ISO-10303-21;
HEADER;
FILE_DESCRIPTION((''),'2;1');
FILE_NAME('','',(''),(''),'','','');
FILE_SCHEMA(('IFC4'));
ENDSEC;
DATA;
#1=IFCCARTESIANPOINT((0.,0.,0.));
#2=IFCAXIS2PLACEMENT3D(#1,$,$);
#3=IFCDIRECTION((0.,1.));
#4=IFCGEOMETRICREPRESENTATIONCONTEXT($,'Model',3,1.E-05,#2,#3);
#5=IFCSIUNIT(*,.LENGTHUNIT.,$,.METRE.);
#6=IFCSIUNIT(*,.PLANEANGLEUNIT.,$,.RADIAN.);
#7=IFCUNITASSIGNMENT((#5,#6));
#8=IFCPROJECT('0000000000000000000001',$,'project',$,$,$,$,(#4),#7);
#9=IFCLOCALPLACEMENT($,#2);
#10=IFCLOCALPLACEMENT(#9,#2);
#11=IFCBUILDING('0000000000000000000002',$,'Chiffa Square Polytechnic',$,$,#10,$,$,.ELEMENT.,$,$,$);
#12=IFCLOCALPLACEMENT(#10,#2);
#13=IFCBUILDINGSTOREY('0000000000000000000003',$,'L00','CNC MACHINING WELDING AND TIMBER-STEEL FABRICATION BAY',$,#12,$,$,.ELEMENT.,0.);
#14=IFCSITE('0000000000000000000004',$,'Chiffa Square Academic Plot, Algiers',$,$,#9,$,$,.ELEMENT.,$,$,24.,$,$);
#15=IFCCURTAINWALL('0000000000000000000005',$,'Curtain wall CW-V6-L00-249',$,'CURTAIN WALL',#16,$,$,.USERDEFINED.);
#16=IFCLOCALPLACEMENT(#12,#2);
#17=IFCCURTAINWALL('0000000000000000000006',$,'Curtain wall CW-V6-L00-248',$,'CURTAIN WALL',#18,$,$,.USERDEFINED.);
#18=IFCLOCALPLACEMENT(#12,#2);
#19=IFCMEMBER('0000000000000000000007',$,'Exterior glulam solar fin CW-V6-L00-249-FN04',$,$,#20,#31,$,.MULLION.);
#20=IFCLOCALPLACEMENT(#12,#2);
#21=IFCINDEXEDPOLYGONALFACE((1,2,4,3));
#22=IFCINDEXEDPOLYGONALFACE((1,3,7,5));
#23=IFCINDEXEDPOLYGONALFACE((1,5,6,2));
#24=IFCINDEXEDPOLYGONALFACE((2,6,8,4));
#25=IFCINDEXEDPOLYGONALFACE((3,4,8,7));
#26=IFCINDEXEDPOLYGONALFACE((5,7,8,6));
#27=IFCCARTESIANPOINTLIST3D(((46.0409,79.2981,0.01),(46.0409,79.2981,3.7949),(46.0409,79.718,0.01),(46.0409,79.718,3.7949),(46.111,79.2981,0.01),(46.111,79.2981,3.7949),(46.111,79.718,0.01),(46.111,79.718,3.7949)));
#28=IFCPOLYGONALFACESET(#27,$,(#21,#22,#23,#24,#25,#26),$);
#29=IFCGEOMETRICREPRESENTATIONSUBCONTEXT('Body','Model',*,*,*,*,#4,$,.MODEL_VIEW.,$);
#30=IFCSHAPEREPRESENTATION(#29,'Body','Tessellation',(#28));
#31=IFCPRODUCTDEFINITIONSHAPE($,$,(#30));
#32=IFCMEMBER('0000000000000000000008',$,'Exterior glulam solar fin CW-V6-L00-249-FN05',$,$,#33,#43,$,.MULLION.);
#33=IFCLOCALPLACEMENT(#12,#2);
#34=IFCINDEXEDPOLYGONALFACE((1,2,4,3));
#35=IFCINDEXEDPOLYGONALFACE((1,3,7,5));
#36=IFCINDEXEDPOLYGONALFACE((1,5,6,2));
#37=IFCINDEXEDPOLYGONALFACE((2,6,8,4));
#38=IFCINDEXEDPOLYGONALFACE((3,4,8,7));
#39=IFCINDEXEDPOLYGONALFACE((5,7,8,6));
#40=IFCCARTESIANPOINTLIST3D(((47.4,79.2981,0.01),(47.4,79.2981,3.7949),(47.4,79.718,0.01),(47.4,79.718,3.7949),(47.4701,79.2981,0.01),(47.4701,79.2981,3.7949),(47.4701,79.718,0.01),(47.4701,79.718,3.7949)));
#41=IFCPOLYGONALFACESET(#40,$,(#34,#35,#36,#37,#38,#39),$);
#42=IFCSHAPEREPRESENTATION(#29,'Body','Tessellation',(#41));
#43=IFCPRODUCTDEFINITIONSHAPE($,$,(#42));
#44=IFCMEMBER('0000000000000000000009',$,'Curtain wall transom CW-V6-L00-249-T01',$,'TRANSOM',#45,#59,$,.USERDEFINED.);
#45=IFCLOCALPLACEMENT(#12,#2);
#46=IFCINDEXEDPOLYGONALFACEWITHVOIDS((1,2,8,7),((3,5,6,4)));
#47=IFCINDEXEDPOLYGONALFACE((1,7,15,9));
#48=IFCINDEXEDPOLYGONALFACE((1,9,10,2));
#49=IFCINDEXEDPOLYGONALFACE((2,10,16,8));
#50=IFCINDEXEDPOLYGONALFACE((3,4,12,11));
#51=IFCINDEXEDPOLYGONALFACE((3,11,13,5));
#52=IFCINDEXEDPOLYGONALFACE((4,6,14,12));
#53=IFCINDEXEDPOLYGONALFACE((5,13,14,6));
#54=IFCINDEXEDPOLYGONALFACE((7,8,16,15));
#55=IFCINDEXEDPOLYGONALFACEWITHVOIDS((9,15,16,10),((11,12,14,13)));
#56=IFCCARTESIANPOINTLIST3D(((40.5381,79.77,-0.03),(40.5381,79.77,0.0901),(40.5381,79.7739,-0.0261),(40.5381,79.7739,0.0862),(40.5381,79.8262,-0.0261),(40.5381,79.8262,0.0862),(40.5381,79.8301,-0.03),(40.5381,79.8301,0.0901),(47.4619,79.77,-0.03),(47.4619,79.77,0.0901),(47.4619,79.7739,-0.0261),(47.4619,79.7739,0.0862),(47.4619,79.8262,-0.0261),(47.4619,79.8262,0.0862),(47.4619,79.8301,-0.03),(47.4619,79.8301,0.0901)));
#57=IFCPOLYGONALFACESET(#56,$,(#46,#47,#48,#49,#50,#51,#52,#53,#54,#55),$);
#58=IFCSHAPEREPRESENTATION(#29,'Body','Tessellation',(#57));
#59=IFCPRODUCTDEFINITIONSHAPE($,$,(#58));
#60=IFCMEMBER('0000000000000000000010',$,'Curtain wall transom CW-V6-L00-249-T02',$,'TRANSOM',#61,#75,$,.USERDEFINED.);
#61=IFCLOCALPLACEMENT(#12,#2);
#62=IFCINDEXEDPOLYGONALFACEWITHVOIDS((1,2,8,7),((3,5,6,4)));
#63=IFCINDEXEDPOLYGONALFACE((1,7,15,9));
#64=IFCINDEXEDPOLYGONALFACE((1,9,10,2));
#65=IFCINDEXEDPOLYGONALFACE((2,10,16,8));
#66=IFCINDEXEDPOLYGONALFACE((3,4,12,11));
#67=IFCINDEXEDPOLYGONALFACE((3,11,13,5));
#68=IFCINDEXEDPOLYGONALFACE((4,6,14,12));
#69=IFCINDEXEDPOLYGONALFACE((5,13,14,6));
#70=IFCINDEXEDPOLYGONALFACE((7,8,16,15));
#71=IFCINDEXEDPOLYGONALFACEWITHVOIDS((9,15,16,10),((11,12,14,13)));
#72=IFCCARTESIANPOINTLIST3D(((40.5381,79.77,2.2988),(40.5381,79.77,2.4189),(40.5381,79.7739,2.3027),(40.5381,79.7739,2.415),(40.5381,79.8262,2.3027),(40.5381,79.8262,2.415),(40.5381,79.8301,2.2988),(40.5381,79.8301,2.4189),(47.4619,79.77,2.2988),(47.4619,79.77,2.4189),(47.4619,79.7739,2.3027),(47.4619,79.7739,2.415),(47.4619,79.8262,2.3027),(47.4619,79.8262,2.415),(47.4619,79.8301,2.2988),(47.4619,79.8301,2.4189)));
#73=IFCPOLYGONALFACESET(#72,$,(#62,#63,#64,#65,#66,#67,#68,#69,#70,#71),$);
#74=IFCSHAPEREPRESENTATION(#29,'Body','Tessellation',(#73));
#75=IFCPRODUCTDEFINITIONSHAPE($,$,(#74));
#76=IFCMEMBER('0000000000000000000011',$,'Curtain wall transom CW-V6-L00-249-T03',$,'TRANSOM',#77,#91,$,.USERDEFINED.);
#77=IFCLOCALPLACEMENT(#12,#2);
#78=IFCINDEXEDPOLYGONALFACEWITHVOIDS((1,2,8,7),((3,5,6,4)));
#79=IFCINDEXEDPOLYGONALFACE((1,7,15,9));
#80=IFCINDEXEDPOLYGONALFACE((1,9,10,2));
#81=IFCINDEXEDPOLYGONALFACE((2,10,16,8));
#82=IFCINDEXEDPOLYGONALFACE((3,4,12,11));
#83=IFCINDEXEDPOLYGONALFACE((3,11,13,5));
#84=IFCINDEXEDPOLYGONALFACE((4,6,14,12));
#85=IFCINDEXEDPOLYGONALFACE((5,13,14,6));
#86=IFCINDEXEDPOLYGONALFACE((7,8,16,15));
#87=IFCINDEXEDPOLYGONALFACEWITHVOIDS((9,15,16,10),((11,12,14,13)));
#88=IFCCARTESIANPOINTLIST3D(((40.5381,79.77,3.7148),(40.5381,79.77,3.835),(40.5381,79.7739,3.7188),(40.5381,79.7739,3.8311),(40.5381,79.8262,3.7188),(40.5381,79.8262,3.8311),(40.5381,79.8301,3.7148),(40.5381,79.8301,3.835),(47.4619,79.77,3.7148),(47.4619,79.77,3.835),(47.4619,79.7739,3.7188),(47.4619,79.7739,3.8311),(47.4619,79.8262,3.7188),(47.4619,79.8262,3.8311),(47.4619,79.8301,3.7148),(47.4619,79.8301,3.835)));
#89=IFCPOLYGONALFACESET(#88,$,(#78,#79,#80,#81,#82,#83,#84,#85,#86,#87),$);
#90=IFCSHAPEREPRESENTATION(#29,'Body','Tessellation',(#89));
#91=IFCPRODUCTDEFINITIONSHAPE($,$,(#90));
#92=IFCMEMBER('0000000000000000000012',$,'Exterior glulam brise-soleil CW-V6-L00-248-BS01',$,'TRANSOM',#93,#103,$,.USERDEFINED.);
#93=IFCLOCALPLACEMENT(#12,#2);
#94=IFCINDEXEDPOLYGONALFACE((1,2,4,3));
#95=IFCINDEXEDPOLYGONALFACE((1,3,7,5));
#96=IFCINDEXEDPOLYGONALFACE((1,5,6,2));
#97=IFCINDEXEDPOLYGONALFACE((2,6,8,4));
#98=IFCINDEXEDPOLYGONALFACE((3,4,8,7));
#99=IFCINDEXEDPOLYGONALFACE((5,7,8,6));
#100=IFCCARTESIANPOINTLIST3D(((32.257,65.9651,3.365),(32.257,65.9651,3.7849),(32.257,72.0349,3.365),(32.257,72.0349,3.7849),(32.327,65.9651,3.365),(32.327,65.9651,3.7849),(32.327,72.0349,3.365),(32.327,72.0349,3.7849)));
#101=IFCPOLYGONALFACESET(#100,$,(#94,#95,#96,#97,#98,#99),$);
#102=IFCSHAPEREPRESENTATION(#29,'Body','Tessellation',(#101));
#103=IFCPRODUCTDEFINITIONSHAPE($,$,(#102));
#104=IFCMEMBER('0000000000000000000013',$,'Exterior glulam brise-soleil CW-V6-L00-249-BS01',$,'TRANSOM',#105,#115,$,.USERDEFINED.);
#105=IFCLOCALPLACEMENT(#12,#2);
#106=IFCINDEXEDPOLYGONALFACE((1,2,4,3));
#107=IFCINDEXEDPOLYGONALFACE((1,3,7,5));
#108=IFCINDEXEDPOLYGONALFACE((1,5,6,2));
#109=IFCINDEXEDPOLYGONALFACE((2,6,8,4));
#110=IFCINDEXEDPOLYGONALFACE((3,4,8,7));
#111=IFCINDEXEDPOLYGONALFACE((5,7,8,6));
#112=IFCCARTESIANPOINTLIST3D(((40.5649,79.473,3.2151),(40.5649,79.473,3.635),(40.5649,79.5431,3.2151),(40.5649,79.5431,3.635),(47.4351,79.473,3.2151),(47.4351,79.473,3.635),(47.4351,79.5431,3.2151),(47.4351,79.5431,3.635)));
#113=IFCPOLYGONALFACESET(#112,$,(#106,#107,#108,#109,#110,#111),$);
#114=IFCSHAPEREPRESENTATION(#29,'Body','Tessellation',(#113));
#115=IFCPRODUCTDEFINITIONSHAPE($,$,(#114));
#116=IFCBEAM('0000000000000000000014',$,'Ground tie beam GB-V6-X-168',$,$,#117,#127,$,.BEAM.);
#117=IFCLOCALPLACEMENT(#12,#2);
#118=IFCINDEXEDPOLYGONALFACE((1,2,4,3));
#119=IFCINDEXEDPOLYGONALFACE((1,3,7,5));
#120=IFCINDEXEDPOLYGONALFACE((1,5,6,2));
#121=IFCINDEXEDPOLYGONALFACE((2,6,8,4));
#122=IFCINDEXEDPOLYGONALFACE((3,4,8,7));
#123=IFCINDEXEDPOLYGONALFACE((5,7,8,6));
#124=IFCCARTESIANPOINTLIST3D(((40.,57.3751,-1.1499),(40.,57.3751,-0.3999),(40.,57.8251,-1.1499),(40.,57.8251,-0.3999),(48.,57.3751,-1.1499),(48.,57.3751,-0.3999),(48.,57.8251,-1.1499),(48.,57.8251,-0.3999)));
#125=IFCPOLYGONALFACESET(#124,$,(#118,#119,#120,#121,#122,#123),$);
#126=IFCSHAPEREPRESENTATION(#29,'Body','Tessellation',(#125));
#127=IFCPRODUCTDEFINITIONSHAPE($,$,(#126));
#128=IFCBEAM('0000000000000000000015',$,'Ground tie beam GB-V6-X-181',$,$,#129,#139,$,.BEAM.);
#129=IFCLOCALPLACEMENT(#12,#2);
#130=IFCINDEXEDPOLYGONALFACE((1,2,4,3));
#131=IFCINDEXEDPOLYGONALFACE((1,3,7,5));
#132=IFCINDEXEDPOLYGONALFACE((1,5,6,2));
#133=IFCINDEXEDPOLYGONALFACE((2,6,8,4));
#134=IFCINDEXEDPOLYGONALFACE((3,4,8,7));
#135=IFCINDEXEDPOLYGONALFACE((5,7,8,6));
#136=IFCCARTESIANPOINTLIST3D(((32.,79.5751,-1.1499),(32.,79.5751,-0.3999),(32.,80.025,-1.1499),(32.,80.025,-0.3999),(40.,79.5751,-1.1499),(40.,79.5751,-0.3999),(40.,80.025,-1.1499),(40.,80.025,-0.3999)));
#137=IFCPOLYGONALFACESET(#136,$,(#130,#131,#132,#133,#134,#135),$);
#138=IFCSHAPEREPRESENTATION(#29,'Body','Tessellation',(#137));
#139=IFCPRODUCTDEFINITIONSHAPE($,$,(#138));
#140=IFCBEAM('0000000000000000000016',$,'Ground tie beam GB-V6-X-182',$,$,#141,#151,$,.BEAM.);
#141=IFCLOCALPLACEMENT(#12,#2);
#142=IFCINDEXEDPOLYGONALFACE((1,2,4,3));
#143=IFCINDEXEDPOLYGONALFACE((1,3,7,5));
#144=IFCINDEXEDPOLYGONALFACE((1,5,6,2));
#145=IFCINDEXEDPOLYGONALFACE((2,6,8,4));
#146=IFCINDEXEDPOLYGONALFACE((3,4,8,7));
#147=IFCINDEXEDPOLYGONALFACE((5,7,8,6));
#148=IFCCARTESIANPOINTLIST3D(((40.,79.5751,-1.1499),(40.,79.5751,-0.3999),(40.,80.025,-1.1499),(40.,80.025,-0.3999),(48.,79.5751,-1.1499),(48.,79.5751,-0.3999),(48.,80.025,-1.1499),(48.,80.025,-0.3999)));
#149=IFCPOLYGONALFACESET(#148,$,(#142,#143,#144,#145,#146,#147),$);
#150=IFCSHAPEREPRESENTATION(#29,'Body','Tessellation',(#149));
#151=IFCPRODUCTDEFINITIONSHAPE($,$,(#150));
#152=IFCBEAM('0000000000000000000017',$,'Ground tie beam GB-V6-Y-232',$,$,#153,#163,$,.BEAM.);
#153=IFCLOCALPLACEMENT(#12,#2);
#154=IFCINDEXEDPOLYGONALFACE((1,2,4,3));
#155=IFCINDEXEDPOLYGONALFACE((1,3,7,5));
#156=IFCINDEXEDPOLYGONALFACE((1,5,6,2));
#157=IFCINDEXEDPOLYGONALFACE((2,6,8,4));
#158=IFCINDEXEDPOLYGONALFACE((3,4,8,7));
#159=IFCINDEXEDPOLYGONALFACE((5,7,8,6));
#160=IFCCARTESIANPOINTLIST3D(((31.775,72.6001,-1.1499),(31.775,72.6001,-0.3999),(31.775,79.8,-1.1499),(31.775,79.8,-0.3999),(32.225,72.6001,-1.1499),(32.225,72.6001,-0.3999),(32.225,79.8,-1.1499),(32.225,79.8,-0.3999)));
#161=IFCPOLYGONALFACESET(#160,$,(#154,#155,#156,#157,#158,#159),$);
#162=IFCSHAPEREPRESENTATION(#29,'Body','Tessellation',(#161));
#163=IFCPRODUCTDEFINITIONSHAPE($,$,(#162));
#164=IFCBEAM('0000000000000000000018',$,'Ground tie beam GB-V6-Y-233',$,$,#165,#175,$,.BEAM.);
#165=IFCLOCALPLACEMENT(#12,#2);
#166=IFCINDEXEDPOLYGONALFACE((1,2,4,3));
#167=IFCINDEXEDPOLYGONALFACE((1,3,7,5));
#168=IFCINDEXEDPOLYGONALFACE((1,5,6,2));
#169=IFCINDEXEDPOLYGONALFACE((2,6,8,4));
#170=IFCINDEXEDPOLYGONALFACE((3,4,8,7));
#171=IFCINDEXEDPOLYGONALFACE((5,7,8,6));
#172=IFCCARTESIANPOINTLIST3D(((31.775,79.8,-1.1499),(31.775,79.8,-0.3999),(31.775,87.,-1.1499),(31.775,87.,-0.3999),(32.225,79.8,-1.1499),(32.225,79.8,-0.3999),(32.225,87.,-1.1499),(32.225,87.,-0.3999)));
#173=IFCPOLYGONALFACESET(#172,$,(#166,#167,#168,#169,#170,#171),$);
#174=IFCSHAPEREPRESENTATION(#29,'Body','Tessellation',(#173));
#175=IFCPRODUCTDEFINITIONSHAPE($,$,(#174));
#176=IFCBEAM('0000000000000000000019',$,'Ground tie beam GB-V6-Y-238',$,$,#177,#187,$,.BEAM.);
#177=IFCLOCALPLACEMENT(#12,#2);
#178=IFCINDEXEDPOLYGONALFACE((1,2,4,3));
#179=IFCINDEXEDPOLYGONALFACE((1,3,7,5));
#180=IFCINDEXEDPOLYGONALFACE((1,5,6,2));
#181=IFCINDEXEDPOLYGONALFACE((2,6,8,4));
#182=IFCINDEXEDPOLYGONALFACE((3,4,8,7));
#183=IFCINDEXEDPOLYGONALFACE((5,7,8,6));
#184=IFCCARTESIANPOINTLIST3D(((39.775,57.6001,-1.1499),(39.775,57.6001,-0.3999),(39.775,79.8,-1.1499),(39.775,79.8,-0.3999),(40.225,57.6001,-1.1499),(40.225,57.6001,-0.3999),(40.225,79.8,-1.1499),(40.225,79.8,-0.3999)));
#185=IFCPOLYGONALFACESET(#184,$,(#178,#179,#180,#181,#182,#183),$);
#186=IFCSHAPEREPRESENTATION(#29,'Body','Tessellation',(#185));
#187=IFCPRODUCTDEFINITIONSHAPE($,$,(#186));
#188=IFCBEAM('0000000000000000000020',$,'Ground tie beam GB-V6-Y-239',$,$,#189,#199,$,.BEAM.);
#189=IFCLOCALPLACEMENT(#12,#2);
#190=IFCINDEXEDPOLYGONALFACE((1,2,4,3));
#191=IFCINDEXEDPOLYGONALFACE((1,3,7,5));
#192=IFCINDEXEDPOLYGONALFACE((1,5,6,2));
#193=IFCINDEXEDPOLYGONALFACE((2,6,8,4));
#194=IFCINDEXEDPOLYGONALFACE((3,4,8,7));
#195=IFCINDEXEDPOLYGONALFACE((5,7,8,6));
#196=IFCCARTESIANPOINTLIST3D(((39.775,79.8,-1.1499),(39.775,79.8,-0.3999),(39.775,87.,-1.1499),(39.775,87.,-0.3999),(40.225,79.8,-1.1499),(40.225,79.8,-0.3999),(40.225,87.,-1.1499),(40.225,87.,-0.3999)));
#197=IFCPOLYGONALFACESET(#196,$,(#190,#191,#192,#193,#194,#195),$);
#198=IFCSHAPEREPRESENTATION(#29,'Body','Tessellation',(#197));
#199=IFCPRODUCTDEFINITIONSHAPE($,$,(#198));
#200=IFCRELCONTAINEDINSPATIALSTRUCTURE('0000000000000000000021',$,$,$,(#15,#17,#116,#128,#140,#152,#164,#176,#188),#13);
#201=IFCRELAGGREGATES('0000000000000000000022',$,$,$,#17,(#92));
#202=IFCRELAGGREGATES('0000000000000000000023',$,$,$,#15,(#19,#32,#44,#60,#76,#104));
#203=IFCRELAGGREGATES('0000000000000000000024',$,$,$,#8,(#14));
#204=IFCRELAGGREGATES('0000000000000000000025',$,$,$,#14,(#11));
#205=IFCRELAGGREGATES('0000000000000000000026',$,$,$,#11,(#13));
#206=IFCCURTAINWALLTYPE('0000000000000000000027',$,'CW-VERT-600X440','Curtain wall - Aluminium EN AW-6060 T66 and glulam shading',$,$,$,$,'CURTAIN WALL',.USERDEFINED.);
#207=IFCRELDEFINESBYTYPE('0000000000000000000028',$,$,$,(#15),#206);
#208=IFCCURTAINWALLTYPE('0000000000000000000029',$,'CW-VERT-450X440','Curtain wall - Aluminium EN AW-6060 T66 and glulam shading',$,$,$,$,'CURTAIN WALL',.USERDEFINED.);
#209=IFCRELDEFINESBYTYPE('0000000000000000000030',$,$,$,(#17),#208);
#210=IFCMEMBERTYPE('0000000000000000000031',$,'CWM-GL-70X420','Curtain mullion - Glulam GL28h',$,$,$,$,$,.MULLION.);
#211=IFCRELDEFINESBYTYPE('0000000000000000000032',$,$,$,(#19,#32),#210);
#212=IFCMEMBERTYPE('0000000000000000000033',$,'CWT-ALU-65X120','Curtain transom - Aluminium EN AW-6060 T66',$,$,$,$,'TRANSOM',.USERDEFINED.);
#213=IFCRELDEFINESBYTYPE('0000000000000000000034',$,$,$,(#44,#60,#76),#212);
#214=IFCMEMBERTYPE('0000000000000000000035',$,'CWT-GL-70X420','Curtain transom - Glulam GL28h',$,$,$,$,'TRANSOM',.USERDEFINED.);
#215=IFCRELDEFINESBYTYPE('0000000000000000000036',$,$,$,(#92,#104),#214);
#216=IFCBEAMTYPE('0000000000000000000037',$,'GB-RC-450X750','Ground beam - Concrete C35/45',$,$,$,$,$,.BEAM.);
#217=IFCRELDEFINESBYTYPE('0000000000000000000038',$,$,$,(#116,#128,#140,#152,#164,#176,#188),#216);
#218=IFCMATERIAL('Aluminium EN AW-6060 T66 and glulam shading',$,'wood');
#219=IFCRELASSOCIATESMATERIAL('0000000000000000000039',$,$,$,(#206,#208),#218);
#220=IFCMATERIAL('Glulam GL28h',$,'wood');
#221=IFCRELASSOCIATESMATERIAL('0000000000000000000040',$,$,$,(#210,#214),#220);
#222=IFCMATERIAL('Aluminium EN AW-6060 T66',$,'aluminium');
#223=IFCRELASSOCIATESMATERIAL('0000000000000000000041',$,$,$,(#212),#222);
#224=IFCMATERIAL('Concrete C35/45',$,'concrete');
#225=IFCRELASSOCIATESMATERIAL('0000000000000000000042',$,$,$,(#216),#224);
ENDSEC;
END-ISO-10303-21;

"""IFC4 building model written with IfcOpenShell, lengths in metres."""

from ifc_helpers import new_model, si_unit, direction, frame, origin, origin_2d, place, context, subcontext, project, spatial, rectangle, hollow_rectangle, extrude, material, material_profile, profile_set, type_object, element, aggregate, save


model = new_model("IFC4")

# Units and contexts
model_context = context("Model", 3, precision=1e-05, world=origin(), true_north=direction((0.0, 1.0)))
body_context = subcontext(model_context, "Body", "Model", "MODEL_VIEW")
ifc_project = project(units=[si_unit("LENGTHUNIT", "METRE"), si_unit("PLANEANGLEUNIT", "RADIAN")], contexts=[model_context])

# Site, building, storey
site_placement = place(None, origin())
site = spatial("IfcSite", under=ifc_project, at=site_placement, Name="Chiffa Square Academic Plot, Algiers", CompositionType="ELEMENT", RefElevation=24.0)
building_placement = place(site_placement, origin())
building = spatial("IfcBuilding", under=site, at=building_placement, Name="Chiffa Square Polytechnic", CompositionType="ELEMENT")
storey_placement = place(building_placement, origin())
storey = spatial("IfcBuildingStorey", under=building, at=storey_placement, Name="L00", Description="CNC MACHINING WELDING AND TIMBER-STEEL FABRICATION BAY", CompositionType="ELEMENT", Elevation=0.0)

# Shared definitions
ifc_material_1 = material(Name="Concrete C35/45", Category="concrete")

# Curtain wall
ifc_material_2 = material(Name="Aluminium EN AW-6060 T66 and glulam shading", Category="wood")
curtain_wall_type_1 = type_object("IfcCurtainWallType", Name="CW-VERT-600X440", Description="Curtain wall - Aluminium EN AW-6060 T66 and glulam shading", ElementType="CURTAIN WALL", PredefinedType="USERDEFINED", material=ifc_material_2)
curtain_wall_1_placement = place(storey_placement, origin())
curtain_wall_1 = element("IfcCurtainWall", 1, at=curtain_wall_1_placement, inside=storey, type_object=curtain_wall_type_1, Name="Curtain wall CW-V6-L00-249", ObjectType="CURTAIN WALL", PredefinedType="USERDEFINED")
ifc_material_3 = material(Name="Aluminium EN AW-6060 T66", Category="aluminium")

# Curtain wall
curtain_wall_type_2 = type_object("IfcCurtainWallType", Name="CW-VERT-450X440", Description="Curtain wall - Aluminium EN AW-6060 T66 and glulam shading", ElementType="CURTAIN WALL", PredefinedType="USERDEFINED", material=ifc_material_2)
curtain_wall_2_placement = place(storey_placement, origin())
curtain_wall_2 = element("IfcCurtainWall", 2, at=curtain_wall_2_placement, inside=storey, type_object=curtain_wall_type_2, Name="Curtain wall CW-V6-L00-248", ObjectType="CURTAIN WALL", PredefinedType="USERDEFINED")
ifc_material_4 = material(Name="Glulam GL28h", Category="wood")
ifc_material_profile_1 = material_profile(ifc_material_4, rectangle(XDim=0.0701, YDim=0.4199, at=origin_2d()), Name="GL28h 70x420")
ifc_profile_set_1 = profile_set([ifc_material_profile_1], Name="Glulam GL28h")
member_type_1 = type_object("IfcMemberType", Name="CWM-GL-70X420", Description="Curtain mullion - Glulam GL28h", PredefinedType="MULLION", material=ifc_profile_set_1)

# Members
member_1_placement = place(storey_placement, frame((46.0759, 79.5081, 0.01), z_axis=(0.0, 0.0, 1.0), x_axis=(1.0, 0.0, 0.0)))
member_1 = element("IfcMember", 3, at=member_1_placement, type_object=member_type_1, Name="Exterior glulam solar fin CW-V6-L00-249-FN04", PredefinedType="MULLION", context=body_context, shape_type="SweptSolid", body=[
    extrude(rectangle(XDim=0.0701, YDim=0.4199, at=origin_2d()), origin(), (0.0, 0.0, 1.0), 3.7849),
])
member_2_placement = place(storey_placement, frame((47.4351, 79.5081, 0.01), z_axis=(0.0, 0.0, 1.0), x_axis=(1.0, 0.0, 0.0)))
member_2 = element("IfcMember", 4, at=member_2_placement, type_object=member_type_1, Name="Exterior glulam solar fin CW-V6-L00-249-FN05", PredefinedType="MULLION", context=body_context, shape_type="SweptSolid", body=[
    extrude(rectangle(XDim=0.0701, YDim=0.4199, at=origin_2d()), origin(), (0.0, 0.0, 1.0), 3.7849),
])
ifc_material_profile_2 = material_profile(ifc_material_3, hollow_rectangle(XDim=0.0601, YDim=0.1201, WallThickness=0.0039, at=origin_2d()), Name="ALU 60x120x4")
ifc_profile_set_2 = profile_set([ifc_material_profile_2], Name="Aluminium EN AW-6060 T66")
member_type_2 = type_object("IfcMemberType", Name="CWT-ALU-65X120", Description="Curtain transom - Aluminium EN AW-6060 T66", ElementType="TRANSOM", PredefinedType="USERDEFINED", material=ifc_profile_set_2)
member_3_placement = place(storey_placement, frame((40.5381, 79.8, 0.03), z_axis=(1.0, 0.0, 0.0), x_axis=(0.0, 1.0, 0.0)))
member_3 = element("IfcMember", 5, at=member_3_placement, type_object=member_type_2, Name="Curtain wall transom CW-V6-L00-249-T01", ObjectType="TRANSOM", PredefinedType="USERDEFINED", context=body_context, shape_type="SweptSolid", body=[
    extrude(hollow_rectangle(XDim=0.0601, YDim=0.1201, WallThickness=0.0039, at=origin_2d()), origin(), (0.0, 0.0, 1.0), 6.9238),
])
member_4_placement = place(storey_placement, frame((40.5381, 79.8, 2.3589), z_axis=(1.0, 0.0, 0.0), x_axis=(0.0, 1.0, 0.0)))
member_4 = element("IfcMember", 6, at=member_4_placement, type_object=member_type_2, Name="Curtain wall transom CW-V6-L00-249-T02", ObjectType="TRANSOM", PredefinedType="USERDEFINED", context=body_context, shape_type="SweptSolid", body=[
    extrude(hollow_rectangle(XDim=0.0601, YDim=0.1201, WallThickness=0.0039, at=origin_2d()), origin(), (0.0, 0.0, 1.0), 6.9238),
])
member_5_placement = place(storey_placement, frame((40.5381, 79.8, 3.7749), z_axis=(1.0, 0.0, 0.0), x_axis=(0.0, 1.0, 0.0)))
member_5 = element("IfcMember", 7, at=member_5_placement, type_object=member_type_2, Name="Curtain wall transom CW-V6-L00-249-T03", ObjectType="TRANSOM", PredefinedType="USERDEFINED", context=body_context, shape_type="SweptSolid", body=[
    extrude(hollow_rectangle(XDim=0.0601, YDim=0.1201, WallThickness=0.0039, at=origin_2d()), origin(), (0.0, 0.0, 1.0), 6.9238),
])
ifc_material_profile_3 = material_profile(ifc_material_4, rectangle(XDim=0.0701, YDim=0.4199, at=origin_2d()), Name="GL28h 70x420")
ifc_profile_set_3 = profile_set([ifc_material_profile_3], Name="Glulam GL28h")
member_type_3 = type_object("IfcMemberType", Name="CWT-GL-70X420", Description="Curtain transom - Glulam GL28h", ElementType="TRANSOM", PredefinedType="USERDEFINED", material=ifc_profile_set_3)
member_6_placement = place(storey_placement, frame((32.292, 65.9651, 3.575), z_axis=(0.0, 1.0, 0.0), x_axis=(-1.0, 0.0, 0.0)))
member_6 = element("IfcMember", 8, at=member_6_placement, type_object=member_type_3, Name="Exterior glulam brise-soleil CW-V6-L00-248-BS01", ObjectType="TRANSOM", PredefinedType="USERDEFINED", context=body_context, shape_type="SweptSolid", body=[
    extrude(rectangle(XDim=0.0701, YDim=0.4199, at=origin_2d()), origin(), (0.0, 0.0, 1.0), 6.0698),
])
aggregate(curtain_wall_2, [member_6])
member_7_placement = place(storey_placement, frame((40.5649, 79.5081, 3.425), z_axis=(1.0, 0.0, 0.0), x_axis=(0.0, 1.0, 0.0)))
member_7 = element("IfcMember", 9, at=member_7_placement, type_object=member_type_3, Name="Exterior glulam brise-soleil CW-V6-L00-249-BS01", ObjectType="TRANSOM", PredefinedType="USERDEFINED", context=body_context, shape_type="SweptSolid", body=[
    extrude(rectangle(XDim=0.0701, YDim=0.4199, at=origin_2d()), origin(), (0.0, 0.0, 1.0), 6.8701),
])

# Beams
ifc_material_profile_4 = material_profile(ifc_material_1, rectangle(XDim=0.45, YDim=0.75, at=origin_2d()), Name="RC 450x750")
ifc_profile_set_4 = profile_set([ifc_material_profile_4], Name="Concrete C35/45")
beam_type = type_object("IfcBeamType", Name="GB-RC-450X750", Description="Ground beam - Concrete C35/45", PredefinedType="BEAM", material=ifc_profile_set_4)
for number, where, z_axis, x_axis, name in (
    (10, (40.0, 57.6001, -0.7749), (1.0, 0.0, 0.0), (0.0, 1.0, 0.0), "Ground tie beam GB-V6-X-168"),
    (11, (32.0, 79.8, -0.7749), (1.0, 0.0, 0.0), (0.0, 1.0, 0.0), "Ground tie beam GB-V6-X-181"),
    (12, (40.0, 79.8, -0.7749), (1.0, 0.0, 0.0), (0.0, 1.0, 0.0), "Ground tie beam GB-V6-X-182"),
):
    element("IfcBeam", number, at=place(storey_placement, frame(where, z_axis=z_axis, x_axis=x_axis)), inside=storey, type_object=beam_type, Name=name, PredefinedType="BEAM", context=body_context, shape_type="SweptSolid", body=[
        extrude(rectangle(XDim=0.45, YDim=0.75, at=origin_2d()), origin(), (0.0, 0.0, 1.0), 8.0),
    ])
for number, where, z_axis, x_axis, name in (
    (13, (32.0, 72.6001, -0.7749), (0.0, 1.0, 0.0), (-1.0, 0.0, 0.0), "Ground tie beam GB-V6-Y-232"),
    (14, (32.0, 79.8, -0.7749), (0.0, 1.0, 0.0), (-1.0, 0.0, 0.0), "Ground tie beam GB-V6-Y-233"),
):
    element("IfcBeam", number, at=place(storey_placement, frame(where, z_axis=z_axis, x_axis=x_axis)), inside=storey, type_object=beam_type, Name=name, PredefinedType="BEAM", context=body_context, shape_type="SweptSolid", body=[
        extrude(rectangle(XDim=0.45, YDim=0.75, at=origin_2d()), origin(), (0.0, 0.0, 1.0), 7.2),
    ])
beam_1_placement = place(storey_placement, frame((40.0, 57.6001, -0.7749), z_axis=(0.0, 1.0, 0.0), x_axis=(-1.0, 0.0, 0.0)))
element("IfcBeam", 15, at=beam_1_placement, inside=storey, type_object=beam_type, Name="Ground tie beam GB-V6-Y-238", PredefinedType="BEAM", context=body_context, shape_type="SweptSolid", body=[
    extrude(rectangle(XDim=0.45, YDim=0.75, at=origin_2d()), origin(), (0.0, 0.0, 1.0), 22.2),
])
beam_2_placement = place(storey_placement, frame((40.0, 79.8, -0.7749), z_axis=(0.0, 1.0, 0.0), x_axis=(-1.0, 0.0, 0.0)))
element("IfcBeam", 16, at=beam_2_placement, inside=storey, type_object=beam_type, Name="Ground tie beam GB-V6-Y-239", PredefinedType="BEAM", context=body_context, shape_type="SweptSolid", body=[
    extrude(rectangle(XDim=0.45, YDim=0.75, at=origin_2d()), origin(), (0.0, 0.0, 1.0), 7.2),
])

aggregate(curtain_wall_1, [member_1, member_2, member_3, member_4, member_5, member_7])

save(model, "model.ifc")
